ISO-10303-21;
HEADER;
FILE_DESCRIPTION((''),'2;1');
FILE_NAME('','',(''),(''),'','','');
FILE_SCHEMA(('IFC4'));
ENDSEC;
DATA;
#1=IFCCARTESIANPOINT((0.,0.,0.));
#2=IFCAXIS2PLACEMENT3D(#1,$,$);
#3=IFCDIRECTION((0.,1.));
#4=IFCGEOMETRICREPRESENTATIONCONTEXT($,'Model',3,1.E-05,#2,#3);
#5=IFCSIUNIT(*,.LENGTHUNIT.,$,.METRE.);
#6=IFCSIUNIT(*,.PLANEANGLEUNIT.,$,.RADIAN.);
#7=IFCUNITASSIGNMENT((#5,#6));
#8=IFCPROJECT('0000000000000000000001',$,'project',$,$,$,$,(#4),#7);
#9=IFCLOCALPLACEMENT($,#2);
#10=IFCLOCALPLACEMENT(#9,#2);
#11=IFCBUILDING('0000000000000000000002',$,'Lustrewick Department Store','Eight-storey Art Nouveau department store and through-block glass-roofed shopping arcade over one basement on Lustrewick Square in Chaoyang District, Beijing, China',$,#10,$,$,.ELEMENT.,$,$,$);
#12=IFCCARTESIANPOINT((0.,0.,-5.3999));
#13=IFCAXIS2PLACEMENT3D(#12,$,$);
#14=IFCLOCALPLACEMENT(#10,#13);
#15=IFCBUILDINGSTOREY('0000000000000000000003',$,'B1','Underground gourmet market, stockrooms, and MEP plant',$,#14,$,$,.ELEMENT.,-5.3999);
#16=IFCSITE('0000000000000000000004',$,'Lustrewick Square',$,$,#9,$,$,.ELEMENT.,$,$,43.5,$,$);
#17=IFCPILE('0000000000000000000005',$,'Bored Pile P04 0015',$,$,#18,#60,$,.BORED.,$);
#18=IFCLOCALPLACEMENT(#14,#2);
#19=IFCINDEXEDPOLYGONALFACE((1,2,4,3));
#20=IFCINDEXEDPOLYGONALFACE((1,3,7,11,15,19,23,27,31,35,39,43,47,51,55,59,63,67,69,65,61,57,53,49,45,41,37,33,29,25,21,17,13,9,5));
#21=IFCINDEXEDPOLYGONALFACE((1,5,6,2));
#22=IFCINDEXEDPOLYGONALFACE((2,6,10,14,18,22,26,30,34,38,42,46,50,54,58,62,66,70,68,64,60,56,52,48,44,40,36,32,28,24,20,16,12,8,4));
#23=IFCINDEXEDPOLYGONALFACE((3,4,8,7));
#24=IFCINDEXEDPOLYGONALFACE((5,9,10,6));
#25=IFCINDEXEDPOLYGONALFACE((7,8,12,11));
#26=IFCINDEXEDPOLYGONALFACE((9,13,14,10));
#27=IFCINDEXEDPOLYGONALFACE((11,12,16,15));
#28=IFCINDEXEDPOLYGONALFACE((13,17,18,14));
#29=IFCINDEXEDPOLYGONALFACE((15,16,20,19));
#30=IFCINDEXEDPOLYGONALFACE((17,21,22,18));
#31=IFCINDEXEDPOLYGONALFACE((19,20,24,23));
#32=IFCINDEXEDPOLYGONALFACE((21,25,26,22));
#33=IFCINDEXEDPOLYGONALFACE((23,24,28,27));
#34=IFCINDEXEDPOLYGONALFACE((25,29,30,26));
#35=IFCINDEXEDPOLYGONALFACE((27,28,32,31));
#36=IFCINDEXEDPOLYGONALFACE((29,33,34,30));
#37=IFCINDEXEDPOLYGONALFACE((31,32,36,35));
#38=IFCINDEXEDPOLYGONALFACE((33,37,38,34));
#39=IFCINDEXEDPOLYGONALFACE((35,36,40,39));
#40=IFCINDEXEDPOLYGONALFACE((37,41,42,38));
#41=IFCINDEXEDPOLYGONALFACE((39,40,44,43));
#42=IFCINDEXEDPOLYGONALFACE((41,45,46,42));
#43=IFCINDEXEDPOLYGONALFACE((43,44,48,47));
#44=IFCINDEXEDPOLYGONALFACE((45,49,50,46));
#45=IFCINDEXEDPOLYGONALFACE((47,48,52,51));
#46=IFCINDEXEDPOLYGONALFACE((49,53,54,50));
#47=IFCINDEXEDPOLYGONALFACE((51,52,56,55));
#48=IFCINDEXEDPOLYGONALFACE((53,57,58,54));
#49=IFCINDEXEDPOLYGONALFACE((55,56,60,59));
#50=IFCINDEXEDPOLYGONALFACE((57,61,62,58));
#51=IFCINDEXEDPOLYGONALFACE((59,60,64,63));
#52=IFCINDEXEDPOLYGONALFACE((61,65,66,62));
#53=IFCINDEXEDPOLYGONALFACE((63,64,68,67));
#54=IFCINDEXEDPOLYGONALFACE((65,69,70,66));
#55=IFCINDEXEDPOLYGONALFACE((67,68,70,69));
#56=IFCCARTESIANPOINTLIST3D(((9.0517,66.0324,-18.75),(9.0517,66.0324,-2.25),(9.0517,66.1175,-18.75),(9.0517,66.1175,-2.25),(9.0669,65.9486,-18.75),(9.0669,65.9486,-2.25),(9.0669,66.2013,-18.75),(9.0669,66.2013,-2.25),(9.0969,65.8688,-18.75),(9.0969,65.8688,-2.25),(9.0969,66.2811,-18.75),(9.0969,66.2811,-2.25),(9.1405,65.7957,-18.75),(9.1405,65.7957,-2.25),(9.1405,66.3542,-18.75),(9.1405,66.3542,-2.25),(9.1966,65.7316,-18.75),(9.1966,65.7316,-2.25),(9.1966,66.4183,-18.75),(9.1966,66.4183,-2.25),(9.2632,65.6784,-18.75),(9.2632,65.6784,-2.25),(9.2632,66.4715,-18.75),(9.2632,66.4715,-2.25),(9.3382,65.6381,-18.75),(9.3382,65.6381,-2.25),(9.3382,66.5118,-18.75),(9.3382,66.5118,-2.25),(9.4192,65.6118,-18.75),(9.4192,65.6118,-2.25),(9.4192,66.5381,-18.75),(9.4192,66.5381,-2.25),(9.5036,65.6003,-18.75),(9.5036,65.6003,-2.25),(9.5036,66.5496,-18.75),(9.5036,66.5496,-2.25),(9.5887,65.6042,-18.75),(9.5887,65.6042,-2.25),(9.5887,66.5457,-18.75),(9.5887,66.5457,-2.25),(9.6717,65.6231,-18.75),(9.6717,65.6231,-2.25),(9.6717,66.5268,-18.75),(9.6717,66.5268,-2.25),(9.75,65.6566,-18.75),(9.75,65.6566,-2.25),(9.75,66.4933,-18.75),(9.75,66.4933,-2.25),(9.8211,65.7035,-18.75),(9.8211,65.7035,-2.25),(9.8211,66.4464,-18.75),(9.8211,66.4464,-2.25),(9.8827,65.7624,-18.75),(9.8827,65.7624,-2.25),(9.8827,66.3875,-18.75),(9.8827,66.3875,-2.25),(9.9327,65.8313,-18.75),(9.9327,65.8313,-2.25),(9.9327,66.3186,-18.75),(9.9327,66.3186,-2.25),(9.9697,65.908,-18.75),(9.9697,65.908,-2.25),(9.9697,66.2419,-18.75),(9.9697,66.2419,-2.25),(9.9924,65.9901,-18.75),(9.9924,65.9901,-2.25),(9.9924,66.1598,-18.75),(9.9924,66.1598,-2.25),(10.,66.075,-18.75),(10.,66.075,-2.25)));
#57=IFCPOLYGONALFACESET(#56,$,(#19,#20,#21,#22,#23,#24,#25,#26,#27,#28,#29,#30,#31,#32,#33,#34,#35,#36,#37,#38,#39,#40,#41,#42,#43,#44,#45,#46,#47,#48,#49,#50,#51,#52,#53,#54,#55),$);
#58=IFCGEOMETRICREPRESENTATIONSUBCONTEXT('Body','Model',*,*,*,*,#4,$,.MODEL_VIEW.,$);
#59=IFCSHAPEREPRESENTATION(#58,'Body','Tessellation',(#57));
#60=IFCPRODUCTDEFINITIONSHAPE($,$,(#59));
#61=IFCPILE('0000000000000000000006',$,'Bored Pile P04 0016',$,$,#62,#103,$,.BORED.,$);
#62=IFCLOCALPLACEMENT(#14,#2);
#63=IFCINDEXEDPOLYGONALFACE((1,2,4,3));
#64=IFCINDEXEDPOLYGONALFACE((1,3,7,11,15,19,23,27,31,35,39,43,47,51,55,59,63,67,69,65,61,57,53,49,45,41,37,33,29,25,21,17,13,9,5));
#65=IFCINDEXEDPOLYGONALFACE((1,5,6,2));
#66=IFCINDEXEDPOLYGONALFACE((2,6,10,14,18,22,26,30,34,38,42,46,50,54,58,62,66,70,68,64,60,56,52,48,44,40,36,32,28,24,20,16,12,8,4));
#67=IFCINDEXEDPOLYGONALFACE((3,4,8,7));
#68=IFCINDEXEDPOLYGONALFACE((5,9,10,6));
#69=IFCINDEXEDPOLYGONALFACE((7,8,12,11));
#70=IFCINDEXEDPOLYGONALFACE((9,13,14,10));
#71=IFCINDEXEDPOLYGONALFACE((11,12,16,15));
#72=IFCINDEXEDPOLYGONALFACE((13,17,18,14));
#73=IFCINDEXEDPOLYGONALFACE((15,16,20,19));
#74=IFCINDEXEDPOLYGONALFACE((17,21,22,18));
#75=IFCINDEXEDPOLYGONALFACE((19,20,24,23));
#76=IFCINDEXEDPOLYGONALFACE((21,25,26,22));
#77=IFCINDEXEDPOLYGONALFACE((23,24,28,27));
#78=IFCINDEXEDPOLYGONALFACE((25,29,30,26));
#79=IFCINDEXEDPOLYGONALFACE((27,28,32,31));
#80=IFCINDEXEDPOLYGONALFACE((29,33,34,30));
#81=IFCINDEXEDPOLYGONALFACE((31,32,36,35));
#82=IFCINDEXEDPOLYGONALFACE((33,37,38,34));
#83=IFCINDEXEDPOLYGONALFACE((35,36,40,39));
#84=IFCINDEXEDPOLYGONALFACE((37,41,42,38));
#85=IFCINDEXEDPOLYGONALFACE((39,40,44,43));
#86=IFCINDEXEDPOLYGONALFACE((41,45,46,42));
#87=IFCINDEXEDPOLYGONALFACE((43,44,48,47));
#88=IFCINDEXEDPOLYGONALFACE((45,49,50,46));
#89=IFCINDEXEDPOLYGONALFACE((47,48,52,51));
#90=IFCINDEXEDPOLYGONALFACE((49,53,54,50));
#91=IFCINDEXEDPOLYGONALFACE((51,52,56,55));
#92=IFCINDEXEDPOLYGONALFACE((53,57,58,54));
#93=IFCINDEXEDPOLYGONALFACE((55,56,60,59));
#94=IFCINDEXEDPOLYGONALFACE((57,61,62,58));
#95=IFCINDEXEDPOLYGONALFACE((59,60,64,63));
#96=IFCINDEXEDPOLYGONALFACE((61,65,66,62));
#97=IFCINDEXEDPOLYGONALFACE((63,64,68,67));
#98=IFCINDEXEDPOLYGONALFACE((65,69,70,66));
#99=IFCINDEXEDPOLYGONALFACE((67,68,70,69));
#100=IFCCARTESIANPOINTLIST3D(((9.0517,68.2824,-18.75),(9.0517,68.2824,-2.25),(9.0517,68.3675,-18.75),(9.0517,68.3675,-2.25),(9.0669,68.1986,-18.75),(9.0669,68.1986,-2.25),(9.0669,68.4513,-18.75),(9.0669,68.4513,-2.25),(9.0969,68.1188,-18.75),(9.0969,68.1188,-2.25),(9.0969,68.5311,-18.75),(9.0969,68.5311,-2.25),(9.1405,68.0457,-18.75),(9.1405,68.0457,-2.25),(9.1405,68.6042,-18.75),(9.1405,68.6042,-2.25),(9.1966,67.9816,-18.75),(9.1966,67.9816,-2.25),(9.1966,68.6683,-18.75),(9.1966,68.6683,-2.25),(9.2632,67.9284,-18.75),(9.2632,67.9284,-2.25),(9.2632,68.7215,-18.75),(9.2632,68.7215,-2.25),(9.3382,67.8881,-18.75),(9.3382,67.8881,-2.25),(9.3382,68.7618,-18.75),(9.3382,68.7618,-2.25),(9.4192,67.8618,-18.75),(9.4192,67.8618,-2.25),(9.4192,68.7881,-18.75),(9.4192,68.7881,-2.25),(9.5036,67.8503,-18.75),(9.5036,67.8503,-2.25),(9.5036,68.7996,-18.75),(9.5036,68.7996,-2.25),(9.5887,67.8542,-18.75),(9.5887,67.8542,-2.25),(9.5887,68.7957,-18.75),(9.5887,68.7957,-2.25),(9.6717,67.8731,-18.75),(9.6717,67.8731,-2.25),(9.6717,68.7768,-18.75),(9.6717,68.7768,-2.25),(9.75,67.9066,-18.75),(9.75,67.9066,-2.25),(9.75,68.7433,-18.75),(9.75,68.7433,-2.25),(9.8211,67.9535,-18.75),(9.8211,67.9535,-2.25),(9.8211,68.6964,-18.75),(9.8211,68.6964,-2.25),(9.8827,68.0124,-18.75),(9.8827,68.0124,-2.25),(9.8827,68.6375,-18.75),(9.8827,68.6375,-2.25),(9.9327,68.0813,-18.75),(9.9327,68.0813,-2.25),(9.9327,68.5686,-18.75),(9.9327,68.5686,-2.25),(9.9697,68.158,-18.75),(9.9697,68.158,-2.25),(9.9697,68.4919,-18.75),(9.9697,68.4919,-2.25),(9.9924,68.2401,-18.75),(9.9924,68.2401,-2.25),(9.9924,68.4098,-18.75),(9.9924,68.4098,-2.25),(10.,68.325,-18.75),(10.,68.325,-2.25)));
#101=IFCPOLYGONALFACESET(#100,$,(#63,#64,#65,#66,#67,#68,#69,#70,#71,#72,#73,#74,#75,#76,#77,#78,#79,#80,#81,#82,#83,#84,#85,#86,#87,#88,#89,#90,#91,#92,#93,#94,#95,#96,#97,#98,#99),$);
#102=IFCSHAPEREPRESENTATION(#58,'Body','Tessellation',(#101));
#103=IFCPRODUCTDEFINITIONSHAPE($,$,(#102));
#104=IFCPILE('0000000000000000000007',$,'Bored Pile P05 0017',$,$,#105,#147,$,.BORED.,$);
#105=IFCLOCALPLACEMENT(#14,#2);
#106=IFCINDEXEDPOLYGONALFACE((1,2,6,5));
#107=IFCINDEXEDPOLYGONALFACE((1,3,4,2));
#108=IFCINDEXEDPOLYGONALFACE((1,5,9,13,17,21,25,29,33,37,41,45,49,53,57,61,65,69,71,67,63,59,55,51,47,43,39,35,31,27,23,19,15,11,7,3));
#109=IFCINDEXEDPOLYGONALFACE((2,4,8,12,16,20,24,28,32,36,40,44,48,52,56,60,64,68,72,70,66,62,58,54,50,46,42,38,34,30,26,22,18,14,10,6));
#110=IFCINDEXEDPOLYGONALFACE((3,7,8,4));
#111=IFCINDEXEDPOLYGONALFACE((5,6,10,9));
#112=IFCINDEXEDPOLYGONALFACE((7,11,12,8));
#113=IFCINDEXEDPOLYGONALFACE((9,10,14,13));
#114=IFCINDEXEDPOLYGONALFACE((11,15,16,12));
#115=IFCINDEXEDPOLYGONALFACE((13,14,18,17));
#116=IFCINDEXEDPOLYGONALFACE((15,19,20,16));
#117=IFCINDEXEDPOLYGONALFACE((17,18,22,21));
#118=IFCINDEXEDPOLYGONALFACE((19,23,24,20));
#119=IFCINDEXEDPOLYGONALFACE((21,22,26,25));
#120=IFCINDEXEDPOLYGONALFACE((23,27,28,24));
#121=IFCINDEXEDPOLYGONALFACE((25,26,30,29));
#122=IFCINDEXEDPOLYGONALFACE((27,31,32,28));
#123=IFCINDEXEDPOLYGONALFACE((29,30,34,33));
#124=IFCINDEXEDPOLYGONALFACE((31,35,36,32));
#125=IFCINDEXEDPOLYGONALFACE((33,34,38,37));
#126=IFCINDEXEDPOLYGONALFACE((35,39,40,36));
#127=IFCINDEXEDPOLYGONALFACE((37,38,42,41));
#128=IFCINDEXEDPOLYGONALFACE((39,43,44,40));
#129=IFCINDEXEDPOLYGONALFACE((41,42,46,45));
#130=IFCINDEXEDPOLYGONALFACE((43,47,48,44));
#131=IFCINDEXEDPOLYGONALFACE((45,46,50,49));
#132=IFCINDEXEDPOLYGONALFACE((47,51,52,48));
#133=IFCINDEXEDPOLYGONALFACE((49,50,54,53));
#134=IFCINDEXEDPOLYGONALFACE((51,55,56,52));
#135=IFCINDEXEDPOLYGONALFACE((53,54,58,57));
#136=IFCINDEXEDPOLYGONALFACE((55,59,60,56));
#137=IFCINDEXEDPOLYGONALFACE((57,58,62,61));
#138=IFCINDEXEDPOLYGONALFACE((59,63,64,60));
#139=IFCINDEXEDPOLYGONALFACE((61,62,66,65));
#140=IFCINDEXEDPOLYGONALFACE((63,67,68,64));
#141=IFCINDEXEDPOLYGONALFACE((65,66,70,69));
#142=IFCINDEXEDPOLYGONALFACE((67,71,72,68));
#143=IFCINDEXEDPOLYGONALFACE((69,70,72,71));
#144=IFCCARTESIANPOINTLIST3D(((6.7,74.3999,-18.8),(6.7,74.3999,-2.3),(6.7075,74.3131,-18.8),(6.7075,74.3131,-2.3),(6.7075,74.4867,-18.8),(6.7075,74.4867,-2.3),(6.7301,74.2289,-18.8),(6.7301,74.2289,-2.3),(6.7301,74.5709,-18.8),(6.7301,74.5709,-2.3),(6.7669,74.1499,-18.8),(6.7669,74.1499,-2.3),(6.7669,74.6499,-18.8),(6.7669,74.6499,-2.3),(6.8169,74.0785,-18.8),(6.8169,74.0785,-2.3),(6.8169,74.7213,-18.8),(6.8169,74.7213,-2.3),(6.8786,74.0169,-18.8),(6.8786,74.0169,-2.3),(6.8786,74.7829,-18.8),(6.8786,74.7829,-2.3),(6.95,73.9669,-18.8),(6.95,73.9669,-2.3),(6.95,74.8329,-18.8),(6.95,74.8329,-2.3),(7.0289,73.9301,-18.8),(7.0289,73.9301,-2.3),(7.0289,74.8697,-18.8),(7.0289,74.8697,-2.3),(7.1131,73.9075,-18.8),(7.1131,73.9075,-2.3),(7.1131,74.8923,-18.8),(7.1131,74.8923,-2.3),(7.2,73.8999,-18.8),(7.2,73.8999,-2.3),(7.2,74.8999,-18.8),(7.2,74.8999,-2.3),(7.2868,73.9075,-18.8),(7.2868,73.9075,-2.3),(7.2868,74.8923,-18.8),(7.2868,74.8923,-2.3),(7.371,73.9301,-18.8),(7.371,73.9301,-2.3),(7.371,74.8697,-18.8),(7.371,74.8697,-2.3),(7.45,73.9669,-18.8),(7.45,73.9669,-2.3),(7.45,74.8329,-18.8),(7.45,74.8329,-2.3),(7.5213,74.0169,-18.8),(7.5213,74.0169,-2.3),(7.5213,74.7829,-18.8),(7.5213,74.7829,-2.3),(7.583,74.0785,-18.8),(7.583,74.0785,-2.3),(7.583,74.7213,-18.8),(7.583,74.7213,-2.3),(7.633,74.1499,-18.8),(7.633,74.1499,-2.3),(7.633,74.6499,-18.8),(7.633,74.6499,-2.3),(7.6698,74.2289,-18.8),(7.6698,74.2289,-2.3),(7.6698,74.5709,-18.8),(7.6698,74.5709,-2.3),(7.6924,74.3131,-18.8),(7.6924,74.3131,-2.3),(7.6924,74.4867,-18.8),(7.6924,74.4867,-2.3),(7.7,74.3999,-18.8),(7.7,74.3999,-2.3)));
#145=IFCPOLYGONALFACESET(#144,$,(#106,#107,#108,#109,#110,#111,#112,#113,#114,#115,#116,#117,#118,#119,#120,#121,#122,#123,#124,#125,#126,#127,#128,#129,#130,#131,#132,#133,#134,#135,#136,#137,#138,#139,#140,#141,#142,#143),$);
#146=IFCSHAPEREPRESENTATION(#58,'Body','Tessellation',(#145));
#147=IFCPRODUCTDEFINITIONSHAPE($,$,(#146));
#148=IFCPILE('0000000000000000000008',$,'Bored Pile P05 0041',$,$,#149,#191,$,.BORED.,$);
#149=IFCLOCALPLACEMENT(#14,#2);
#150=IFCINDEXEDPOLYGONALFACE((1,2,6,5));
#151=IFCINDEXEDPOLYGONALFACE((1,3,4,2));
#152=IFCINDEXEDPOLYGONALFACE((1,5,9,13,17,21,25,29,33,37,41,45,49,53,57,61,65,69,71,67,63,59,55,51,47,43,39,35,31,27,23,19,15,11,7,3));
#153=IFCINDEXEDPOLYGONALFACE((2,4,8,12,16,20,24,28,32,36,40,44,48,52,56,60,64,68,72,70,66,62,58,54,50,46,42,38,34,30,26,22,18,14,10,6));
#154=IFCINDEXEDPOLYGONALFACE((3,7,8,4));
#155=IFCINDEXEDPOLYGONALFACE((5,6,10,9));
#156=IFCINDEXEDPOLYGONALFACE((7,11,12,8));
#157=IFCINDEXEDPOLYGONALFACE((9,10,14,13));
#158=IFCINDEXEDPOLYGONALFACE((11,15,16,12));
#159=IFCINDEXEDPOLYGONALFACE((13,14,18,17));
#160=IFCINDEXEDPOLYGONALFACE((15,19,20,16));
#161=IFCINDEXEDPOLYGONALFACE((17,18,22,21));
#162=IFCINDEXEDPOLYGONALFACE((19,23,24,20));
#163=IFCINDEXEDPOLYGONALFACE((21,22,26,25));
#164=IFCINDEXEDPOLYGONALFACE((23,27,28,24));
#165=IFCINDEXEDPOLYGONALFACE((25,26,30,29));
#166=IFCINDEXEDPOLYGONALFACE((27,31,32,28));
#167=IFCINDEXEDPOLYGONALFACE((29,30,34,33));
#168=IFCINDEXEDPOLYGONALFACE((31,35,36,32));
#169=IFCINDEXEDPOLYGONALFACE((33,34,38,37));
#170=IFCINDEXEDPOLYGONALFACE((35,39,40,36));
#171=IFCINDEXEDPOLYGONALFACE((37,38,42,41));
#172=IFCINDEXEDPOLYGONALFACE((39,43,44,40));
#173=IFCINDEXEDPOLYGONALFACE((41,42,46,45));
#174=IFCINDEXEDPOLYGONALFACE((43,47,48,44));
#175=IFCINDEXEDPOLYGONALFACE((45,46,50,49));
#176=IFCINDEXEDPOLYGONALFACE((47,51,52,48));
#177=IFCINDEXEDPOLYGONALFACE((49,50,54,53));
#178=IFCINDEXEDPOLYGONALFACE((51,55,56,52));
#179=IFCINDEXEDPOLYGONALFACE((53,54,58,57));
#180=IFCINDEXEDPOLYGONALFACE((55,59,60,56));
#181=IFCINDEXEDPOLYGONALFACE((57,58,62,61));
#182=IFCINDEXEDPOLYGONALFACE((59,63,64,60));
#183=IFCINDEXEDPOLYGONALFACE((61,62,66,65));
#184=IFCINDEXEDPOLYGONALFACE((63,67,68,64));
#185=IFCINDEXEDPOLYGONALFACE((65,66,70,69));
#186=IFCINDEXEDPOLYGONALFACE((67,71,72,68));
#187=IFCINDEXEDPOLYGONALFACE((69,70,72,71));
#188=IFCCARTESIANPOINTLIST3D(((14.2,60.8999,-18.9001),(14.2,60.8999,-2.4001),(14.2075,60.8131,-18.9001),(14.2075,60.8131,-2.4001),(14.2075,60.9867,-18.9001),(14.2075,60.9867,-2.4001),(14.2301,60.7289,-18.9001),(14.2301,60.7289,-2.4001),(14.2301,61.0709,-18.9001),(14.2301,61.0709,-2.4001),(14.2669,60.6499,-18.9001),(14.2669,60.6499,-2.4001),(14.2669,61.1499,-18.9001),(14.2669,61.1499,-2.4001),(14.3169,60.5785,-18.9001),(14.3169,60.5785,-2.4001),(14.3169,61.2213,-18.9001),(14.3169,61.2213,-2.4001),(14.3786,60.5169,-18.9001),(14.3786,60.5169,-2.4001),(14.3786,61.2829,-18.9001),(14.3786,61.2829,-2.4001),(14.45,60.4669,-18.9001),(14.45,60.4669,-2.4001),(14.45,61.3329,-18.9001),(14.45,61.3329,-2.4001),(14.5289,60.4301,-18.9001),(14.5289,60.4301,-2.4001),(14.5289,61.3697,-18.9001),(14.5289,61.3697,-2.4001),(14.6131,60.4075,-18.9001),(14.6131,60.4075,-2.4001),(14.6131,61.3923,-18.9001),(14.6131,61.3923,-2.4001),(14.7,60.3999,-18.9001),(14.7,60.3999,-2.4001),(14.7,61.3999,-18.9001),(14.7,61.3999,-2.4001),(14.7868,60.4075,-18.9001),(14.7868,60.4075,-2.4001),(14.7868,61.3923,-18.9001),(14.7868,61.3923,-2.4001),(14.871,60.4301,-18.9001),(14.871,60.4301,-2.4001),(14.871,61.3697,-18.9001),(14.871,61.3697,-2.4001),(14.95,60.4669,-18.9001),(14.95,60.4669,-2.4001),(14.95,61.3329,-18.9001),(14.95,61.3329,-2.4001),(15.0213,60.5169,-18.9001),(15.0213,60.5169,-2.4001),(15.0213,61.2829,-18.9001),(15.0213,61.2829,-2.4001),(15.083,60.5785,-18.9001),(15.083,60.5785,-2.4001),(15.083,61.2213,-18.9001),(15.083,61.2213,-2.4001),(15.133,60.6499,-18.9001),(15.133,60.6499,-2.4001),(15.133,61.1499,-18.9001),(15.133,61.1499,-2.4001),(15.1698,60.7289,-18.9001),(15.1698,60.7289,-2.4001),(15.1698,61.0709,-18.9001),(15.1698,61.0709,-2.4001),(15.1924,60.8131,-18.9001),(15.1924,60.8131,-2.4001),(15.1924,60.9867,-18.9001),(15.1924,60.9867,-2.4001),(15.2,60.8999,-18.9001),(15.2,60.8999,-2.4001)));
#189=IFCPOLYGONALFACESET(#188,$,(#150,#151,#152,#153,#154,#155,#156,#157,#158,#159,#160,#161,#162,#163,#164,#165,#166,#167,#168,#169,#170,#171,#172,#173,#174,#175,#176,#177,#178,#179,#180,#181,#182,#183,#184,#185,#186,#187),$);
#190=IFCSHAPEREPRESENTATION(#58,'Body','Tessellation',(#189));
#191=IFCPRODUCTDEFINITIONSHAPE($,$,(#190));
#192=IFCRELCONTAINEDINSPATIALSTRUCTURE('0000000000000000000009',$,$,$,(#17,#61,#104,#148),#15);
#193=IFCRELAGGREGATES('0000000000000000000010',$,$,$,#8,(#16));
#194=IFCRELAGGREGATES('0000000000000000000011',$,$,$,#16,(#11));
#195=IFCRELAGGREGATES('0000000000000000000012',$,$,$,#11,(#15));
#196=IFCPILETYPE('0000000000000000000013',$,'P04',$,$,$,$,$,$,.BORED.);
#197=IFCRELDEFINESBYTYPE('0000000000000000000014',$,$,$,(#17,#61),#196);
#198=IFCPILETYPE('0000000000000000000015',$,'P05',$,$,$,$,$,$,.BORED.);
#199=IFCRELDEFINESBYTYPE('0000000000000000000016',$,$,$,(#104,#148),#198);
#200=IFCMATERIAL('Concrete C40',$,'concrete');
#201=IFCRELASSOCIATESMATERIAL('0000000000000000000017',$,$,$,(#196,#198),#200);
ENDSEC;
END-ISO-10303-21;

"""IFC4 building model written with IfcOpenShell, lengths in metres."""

from ifc_helpers import new_model, si_unit, direction, frame, origin, origin_2d, place, context, subcontext, project, spatial, circle, extrude, material, material_profile, profile_set, type_object, element, save


model = new_model("IFC4")

# Units and contexts
model_context = context("Model", 3, precision=1e-05, world=origin(), true_north=direction((0.0, 1.0)))
body_context = subcontext(model_context, "Body", "Model", "MODEL_VIEW")
ifc_project = project(units=[si_unit("LENGTHUNIT", "METRE"), si_unit("PLANEANGLEUNIT", "RADIAN")], contexts=[model_context])

# Site, building, storey
site_placement = place(None, origin())
site = spatial("IfcSite", under=ifc_project, at=site_placement, Name="Lustrewick Square", CompositionType="ELEMENT", RefElevation=43.5)
building_placement = place(site_placement, origin())
building = spatial("IfcBuilding", under=site, at=building_placement, Name="Lustrewick Department Store", Description="Eight-storey Art Nouveau department store and through-block glass-roofed shopping arcade over one basement on Lustrewick Square in Chaoyang District, Beijing, China", CompositionType="ELEMENT")
storey_placement = place(building_placement, frame((0.0, 0.0, -5.3999)))
storey = spatial("IfcBuildingStorey", under=building, at=storey_placement, Name="B1", Description="Underground gourmet market, stockrooms, and MEP plant", CompositionType="ELEMENT", Elevation=-5.3999)

# Piles
ifc_material_1 = material(Name="Concrete C40", Category="concrete")
ifc_material_profile_1 = material_profile(ifc_material_1, circle(Radius=0.4751, at=origin_2d()), Name="PILE D950")
ifc_profile_set_1 = profile_set([ifc_material_profile_1], Name="Concrete C40")
pile_type_1 = type_object("IfcPileType", Name="P04", PredefinedType="BORED", material=ifc_profile_set_1)
for number, where, z_axis, x_axis, name in (
    (1, (9.5249, 66.075, -2.25), (0.0, 0.0, -1.0), (1.0, 0.0, 0.0), "Bored Pile P04 0015"),
    (2, (9.5249, 68.325, -2.25), (0.0, 0.0, -1.0), (1.0, 0.0, 0.0), "Bored Pile P04 0016"),
):
    element("IfcPile", number, at=place(storey_placement, frame(where, z_axis=z_axis, x_axis=x_axis)), inside=storey, type_object=pile_type_1, Name=name, PredefinedType="BORED", context=body_context, shape_type="SweptSolid", body=[
        extrude(circle(Radius=0.4751, at=origin_2d()), origin(), (0.0, 0.0, 1.0), 16.5),
    ])
ifc_material_profile_2 = material_profile(ifc_material_1, circle(Radius=0.5, at=origin_2d()), Name="PILE D1000")
ifc_profile_set_2 = profile_set([ifc_material_profile_2], Name="Concrete C40")
pile_type_2 = type_object("IfcPileType", Name="P05", PredefinedType="BORED", material=ifc_profile_set_2)
for number, where, z_axis, x_axis, name in (
    (3, (7.2, 74.3999, -2.3), (0.0, 0.0, -1.0), (1.0, 0.0, 0.0), "Bored Pile P05 0017"),
    (4, (14.7, 60.8999, -2.4001), (0.0, 0.0, -1.0), (1.0, 0.0, 0.0), "Bored Pile P05 0041"),
):
    element("IfcPile", number, at=place(storey_placement, frame(where, z_axis=z_axis, x_axis=x_axis)), inside=storey, type_object=pile_type_2, Name=name, PredefinedType="BORED", context=body_context, shape_type="SweptSolid", body=[
        extrude(circle(Radius=0.5, at=origin_2d()), origin(), (0.0, 0.0, 1.0), 16.5),
    ])

save(model, "model.ifc")
